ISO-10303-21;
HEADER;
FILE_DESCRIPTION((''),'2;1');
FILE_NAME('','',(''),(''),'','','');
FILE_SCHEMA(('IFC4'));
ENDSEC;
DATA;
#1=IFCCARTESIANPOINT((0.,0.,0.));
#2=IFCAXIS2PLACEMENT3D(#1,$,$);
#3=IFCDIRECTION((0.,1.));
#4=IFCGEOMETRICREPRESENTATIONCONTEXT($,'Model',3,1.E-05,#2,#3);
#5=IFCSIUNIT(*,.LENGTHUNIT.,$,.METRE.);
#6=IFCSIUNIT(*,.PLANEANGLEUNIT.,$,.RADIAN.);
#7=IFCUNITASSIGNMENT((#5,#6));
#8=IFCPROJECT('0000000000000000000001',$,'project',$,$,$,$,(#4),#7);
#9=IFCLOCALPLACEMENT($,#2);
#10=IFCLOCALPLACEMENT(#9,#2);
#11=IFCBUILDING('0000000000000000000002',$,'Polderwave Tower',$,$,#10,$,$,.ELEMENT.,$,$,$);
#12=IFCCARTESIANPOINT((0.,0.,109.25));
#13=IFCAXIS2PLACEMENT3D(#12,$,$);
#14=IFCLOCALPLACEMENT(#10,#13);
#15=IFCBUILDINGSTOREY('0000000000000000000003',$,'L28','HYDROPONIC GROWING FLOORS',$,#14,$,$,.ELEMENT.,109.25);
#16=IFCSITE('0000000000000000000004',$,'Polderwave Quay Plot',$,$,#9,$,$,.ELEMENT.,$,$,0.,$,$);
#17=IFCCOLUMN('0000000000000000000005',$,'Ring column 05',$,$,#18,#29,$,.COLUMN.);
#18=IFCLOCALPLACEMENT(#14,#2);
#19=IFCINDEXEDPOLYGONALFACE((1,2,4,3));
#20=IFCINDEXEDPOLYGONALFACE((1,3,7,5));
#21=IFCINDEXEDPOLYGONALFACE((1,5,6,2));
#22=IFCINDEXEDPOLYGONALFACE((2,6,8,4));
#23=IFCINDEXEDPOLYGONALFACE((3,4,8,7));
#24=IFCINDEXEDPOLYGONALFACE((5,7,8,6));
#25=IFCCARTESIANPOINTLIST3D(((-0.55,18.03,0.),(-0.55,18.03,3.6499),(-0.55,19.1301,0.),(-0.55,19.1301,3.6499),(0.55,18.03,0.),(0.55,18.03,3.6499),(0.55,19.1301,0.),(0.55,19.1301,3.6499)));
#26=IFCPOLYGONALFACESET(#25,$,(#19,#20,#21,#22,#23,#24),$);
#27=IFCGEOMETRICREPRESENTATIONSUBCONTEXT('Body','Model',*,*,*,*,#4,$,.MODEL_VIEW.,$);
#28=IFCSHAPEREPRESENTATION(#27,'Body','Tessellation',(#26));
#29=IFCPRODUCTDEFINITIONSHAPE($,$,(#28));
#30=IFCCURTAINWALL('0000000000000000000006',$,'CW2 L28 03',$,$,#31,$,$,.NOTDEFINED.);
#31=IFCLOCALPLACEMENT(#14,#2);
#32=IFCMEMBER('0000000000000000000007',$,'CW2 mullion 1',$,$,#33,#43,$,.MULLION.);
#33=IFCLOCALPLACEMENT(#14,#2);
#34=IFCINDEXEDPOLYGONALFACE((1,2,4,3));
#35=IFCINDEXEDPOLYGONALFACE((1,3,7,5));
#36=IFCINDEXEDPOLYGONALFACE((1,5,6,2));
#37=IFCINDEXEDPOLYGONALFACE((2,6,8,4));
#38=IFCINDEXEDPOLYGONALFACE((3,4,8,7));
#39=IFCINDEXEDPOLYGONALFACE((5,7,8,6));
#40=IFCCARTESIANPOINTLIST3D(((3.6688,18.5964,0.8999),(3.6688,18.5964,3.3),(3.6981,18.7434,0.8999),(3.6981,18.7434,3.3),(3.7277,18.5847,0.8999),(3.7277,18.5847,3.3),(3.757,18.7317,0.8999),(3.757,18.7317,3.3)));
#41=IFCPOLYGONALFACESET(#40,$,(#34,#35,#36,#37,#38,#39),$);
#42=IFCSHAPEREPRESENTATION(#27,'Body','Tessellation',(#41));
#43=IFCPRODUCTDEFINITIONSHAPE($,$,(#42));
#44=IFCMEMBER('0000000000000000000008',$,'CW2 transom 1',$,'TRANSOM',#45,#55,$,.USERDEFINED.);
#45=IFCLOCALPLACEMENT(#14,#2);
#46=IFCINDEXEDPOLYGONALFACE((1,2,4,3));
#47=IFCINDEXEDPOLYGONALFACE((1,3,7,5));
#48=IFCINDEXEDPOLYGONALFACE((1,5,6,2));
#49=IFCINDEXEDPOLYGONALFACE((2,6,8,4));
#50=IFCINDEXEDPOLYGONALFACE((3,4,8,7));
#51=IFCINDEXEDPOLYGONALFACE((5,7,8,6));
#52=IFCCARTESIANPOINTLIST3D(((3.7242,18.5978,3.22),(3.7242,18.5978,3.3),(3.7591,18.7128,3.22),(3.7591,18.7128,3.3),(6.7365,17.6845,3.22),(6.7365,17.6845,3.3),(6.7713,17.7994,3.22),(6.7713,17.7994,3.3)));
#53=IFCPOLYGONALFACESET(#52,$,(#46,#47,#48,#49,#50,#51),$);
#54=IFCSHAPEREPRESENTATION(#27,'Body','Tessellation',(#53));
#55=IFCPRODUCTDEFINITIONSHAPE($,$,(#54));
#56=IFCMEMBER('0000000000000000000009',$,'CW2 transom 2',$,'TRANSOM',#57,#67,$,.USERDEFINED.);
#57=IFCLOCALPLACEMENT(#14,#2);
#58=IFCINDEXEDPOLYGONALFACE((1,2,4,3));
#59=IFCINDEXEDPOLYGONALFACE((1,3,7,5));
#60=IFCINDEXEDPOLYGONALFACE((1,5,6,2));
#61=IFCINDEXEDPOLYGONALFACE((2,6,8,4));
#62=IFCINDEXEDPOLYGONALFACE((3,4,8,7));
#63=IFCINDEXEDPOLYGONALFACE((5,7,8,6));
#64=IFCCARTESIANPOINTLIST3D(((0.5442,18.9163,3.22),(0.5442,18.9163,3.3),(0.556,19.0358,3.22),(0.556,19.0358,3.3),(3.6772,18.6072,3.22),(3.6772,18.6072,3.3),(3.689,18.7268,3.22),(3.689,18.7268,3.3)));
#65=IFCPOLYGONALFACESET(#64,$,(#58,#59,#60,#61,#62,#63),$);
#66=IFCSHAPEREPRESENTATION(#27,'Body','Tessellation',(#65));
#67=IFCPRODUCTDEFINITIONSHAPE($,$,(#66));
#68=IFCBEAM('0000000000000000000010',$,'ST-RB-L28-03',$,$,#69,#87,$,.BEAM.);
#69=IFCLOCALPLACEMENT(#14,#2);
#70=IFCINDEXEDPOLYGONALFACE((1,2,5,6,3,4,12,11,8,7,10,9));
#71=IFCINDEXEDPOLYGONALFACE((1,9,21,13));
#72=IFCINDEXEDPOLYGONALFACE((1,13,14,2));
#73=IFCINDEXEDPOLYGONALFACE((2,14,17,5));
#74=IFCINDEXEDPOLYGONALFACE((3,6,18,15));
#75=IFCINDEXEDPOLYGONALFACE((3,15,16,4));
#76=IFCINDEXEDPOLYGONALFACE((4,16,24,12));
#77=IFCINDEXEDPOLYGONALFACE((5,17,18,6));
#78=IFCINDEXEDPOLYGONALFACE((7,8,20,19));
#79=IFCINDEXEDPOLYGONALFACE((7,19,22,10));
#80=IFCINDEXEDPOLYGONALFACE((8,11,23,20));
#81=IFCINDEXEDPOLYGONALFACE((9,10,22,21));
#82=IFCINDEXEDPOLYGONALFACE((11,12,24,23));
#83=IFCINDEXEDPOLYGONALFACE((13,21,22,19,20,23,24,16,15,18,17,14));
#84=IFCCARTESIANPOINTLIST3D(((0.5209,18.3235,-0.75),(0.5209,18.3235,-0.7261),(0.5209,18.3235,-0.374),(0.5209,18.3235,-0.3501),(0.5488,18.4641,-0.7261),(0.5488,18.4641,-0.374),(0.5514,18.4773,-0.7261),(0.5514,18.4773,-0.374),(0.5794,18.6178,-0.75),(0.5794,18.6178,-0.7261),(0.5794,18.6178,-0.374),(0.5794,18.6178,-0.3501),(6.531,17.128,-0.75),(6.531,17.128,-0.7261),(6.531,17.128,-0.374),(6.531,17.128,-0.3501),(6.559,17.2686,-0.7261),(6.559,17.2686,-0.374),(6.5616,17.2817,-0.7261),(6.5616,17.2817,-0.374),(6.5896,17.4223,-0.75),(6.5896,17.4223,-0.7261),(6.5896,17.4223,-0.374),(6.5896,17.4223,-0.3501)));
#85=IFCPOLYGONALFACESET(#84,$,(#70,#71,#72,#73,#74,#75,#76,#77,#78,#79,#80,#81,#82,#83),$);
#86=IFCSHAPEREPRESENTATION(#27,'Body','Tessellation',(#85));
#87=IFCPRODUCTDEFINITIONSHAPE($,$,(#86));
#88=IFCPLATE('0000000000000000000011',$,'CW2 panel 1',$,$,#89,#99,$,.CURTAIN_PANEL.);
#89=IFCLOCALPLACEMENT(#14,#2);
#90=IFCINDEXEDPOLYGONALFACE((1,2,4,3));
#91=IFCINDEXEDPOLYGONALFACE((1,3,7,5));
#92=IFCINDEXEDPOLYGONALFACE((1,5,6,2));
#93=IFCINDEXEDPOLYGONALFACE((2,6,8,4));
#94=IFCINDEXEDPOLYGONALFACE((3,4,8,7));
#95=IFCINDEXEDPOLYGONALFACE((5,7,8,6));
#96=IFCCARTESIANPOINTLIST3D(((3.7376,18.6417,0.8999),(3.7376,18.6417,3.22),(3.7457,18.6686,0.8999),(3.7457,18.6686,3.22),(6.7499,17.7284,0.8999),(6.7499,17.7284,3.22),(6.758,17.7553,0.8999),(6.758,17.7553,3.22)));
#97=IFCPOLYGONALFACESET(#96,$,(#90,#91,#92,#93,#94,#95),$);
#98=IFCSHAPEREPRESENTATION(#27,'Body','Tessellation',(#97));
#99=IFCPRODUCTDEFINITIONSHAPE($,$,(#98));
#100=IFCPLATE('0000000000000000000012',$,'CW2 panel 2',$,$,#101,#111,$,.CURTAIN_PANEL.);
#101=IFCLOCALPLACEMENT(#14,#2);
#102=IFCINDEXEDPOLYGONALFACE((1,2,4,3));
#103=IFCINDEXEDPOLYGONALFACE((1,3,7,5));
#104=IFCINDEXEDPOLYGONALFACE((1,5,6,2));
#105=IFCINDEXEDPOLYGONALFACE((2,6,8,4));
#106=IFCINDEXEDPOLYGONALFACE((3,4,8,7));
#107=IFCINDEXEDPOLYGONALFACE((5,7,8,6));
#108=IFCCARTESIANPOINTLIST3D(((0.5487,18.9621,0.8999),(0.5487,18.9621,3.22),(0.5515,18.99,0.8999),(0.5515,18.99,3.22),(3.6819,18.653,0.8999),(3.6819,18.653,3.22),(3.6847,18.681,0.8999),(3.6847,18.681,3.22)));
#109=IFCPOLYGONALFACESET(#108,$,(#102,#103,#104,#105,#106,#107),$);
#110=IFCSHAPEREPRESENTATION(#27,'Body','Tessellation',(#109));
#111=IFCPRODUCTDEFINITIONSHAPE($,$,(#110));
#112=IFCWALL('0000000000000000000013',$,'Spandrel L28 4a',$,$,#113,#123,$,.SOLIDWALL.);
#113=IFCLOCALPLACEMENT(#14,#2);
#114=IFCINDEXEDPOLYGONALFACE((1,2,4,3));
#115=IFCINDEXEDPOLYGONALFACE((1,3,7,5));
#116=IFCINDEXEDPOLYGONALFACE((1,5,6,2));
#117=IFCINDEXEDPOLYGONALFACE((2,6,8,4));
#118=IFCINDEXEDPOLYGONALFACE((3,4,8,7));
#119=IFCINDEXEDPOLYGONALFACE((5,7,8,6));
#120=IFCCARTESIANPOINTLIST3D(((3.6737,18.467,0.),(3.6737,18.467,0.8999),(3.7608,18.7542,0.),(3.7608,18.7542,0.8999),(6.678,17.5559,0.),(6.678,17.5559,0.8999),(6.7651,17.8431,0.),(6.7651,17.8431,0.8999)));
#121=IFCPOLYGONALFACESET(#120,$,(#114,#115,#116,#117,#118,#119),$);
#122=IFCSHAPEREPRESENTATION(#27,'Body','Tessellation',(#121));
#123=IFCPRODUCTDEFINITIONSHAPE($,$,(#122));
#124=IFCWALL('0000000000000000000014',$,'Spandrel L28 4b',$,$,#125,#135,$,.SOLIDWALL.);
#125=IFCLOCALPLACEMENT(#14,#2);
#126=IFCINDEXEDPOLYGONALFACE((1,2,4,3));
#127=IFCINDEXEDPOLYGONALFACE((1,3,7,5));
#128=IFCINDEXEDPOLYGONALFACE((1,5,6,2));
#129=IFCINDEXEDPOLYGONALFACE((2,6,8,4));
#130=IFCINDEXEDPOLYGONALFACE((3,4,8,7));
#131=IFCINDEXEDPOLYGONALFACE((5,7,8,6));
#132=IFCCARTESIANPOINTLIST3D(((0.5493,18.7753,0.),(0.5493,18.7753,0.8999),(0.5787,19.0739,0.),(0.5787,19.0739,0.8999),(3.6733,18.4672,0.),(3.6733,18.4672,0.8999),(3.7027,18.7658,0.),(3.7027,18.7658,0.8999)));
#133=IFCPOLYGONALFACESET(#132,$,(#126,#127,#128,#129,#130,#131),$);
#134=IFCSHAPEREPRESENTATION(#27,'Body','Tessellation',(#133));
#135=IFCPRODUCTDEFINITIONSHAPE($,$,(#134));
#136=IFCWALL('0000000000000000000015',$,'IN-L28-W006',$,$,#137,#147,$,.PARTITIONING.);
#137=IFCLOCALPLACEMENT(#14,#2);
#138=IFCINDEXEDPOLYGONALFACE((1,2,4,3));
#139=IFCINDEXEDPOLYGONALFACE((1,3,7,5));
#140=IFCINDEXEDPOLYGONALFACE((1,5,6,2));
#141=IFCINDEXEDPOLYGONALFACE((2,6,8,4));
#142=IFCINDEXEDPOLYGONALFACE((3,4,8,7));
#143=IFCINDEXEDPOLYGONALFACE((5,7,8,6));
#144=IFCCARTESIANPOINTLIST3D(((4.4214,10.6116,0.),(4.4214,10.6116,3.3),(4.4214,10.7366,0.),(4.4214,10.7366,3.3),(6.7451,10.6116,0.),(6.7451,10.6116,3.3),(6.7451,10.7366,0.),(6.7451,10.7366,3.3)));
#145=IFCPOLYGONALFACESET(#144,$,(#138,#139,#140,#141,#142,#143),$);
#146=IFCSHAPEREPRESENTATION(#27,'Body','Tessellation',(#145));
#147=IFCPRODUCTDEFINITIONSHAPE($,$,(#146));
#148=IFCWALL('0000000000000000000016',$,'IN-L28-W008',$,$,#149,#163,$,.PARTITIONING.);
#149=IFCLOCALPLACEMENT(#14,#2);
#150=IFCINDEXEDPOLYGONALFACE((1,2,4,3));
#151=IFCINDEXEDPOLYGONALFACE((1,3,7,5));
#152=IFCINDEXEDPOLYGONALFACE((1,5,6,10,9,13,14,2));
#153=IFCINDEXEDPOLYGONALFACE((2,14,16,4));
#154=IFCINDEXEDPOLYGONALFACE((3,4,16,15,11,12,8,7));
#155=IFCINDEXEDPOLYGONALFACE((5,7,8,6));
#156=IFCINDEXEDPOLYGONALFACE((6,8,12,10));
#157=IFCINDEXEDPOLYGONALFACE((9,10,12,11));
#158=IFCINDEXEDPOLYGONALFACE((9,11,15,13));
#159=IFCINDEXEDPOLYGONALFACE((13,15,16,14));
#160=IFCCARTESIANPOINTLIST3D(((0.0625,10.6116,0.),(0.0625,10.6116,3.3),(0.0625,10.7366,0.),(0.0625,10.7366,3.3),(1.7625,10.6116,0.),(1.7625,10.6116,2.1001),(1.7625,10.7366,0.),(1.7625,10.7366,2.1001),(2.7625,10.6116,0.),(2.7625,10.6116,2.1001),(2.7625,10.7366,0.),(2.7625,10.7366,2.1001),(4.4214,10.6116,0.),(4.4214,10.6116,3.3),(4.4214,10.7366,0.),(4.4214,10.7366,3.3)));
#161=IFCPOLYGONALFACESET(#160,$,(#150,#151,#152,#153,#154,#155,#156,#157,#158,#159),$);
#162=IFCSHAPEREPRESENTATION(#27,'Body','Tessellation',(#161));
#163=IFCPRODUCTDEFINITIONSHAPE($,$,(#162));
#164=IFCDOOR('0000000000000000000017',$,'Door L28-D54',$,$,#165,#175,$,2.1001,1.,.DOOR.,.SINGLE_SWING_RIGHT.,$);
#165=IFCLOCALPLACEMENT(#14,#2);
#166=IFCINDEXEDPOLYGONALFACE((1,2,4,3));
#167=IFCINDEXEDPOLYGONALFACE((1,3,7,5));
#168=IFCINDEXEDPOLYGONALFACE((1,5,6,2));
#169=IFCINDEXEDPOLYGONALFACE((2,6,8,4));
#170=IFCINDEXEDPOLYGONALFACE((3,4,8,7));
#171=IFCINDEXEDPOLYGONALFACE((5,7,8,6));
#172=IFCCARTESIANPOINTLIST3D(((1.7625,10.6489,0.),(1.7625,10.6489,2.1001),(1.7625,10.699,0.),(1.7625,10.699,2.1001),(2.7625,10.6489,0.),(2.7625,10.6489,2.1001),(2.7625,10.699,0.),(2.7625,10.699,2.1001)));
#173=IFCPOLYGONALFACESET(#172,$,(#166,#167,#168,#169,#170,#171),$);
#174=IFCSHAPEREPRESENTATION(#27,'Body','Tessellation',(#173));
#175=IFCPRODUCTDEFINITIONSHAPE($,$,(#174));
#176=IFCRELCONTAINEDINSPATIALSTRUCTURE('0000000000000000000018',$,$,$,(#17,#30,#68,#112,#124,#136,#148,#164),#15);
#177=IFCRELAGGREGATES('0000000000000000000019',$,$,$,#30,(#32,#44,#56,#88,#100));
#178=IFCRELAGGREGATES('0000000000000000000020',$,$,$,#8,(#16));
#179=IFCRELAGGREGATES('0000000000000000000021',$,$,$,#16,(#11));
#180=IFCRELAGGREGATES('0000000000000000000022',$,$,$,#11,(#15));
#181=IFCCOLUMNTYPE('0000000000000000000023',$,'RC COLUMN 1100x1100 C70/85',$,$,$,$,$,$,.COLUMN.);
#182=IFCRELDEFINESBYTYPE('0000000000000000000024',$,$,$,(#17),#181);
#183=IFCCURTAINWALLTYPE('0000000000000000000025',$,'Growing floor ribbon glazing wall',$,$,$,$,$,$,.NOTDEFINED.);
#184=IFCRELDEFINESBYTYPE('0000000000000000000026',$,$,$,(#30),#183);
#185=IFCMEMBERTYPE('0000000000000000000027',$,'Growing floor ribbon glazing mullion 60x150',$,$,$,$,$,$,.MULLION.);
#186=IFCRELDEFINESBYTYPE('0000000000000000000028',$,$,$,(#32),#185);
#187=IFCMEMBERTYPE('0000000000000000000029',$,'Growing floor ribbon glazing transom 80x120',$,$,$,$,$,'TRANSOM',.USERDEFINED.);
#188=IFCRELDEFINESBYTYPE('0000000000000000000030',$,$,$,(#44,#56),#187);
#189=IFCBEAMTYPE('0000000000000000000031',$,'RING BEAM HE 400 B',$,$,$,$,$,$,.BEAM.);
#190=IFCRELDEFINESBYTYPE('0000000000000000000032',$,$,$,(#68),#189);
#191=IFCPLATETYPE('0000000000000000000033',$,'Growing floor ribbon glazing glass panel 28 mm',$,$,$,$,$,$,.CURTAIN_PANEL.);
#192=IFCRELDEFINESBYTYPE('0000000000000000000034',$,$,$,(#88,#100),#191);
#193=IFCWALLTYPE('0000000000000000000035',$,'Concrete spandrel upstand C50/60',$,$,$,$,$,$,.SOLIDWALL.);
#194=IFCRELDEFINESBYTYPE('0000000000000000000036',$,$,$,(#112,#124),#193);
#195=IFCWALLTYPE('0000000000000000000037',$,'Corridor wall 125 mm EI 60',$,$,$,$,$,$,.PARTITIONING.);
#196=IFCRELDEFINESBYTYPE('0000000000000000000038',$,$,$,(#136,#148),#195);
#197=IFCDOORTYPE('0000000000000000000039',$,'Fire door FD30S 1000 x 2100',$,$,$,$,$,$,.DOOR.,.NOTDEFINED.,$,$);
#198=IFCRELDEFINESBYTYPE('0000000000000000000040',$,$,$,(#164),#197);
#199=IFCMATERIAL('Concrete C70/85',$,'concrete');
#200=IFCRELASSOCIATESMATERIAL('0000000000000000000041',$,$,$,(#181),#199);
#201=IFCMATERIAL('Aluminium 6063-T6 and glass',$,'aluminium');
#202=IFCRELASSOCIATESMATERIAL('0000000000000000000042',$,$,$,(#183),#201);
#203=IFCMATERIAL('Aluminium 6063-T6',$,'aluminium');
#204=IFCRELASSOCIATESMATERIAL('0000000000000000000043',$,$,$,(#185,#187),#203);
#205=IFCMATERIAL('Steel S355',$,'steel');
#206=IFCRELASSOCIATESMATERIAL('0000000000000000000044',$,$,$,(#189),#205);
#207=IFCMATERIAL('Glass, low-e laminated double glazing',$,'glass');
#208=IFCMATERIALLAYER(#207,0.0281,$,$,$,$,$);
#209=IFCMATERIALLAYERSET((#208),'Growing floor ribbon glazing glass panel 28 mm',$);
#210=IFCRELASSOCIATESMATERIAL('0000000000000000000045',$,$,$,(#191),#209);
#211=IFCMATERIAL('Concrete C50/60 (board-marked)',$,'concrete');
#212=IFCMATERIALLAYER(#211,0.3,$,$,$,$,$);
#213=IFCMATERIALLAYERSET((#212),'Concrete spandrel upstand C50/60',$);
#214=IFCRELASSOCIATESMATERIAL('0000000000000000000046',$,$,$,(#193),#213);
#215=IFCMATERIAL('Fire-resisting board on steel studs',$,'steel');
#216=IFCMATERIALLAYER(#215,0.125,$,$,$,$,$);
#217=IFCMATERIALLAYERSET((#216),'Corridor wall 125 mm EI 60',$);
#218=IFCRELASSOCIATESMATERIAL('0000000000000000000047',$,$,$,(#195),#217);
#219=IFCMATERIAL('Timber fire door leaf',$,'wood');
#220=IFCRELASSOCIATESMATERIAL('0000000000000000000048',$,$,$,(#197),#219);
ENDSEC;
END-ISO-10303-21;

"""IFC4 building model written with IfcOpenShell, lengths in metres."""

from ifc_helpers import new_model, si_unit, direction, frame, frame_2d, origin, origin_2d, place, context, subcontext, project, spatial, rectangle, i_section, extrude, material, layer, layer_set, material_profile, profile_set, type_object, element, fill, aggregate, save


model = new_model("IFC4")

# Units and contexts
model_context = context("Model", 3, precision=1e-05, world=origin(), true_north=direction((0.0, 1.0)))
body_context = subcontext(model_context, "Body", "Model", "MODEL_VIEW")
ifc_project = project(units=[si_unit("LENGTHUNIT", "METRE"), si_unit("PLANEANGLEUNIT", "RADIAN")], contexts=[model_context])

# Site, building, storey
site_placement = place(None, origin())
site = spatial("IfcSite", under=ifc_project, at=site_placement, Name="Polderwave Quay Plot", CompositionType="ELEMENT", RefElevation=0.0)
building_placement = place(site_placement, origin())
building = spatial("IfcBuilding", under=site, at=building_placement, Name="Polderwave Tower", CompositionType="ELEMENT")
storey_placement = place(building_placement, frame((0.0, 0.0, 109.25)))
storey = spatial("IfcBuildingStorey", under=building, at=storey_placement, Name="L28", Description="HYDROPONIC GROWING FLOORS", CompositionType="ELEMENT", Elevation=109.25)

# Column
ifc_material_1 = material(Name="Concrete C70/85", Category="concrete")
ifc_material_profile_1 = material_profile(ifc_material_1, rectangle(XDim=1.1001, YDim=1.1001, at=origin_2d()), Name="RC 1100x1100")
ifc_profile_set_1 = profile_set([ifc_material_profile_1], Name="Concrete C70/85")
column_type = type_object("IfcColumnType", Name="RC COLUMN 1100x1100 C70/85", PredefinedType="COLUMN", material=ifc_profile_set_1)
column_placement = place(storey_placement, frame((0.0, 18.5801, 0.0), z_axis=(0.0, 0.0, 1.0), x_axis=(0.0, 1.0, 0.0)))
element("IfcColumn", 1, at=column_placement, inside=storey, type_object=column_type, Name="Ring column 05", PredefinedType="COLUMN", context=body_context, shape_type="SweptSolid", body=[
    extrude(rectangle(XDim=1.1001, YDim=1.1001, at=origin_2d()), origin(), (0.0, 0.0, 1.0), 3.6499),
])

# Curtain wall, members
ifc_material_2 = material(Name="Aluminium 6063-T6 and glass", Category="aluminium")
curtain_wall_type = type_object("IfcCurtainWallType", Name="Growing floor ribbon glazing wall", PredefinedType="NOTDEFINED", material=ifc_material_2)
curtain_wall_placement = place(storey_placement, origin())
curtain_wall = element("IfcCurtainWall", 2, at=curtain_wall_placement, inside=storey, type_object=curtain_wall_type, Name="CW2 L28 03", PredefinedType="NOTDEFINED")
ifc_material_3 = material(Name="Aluminium 6063-T6", Category="aluminium")
ifc_material_profile_2 = material_profile(ifc_material_3, rectangle(XDim=0.1499, YDim=0.0601, at=origin_2d()), Name="AL 60x150")
ifc_profile_set_2 = profile_set([ifc_material_profile_2], Name="Aluminium 6063-T6")
member_type_1 = type_object("IfcMemberType", Name="Growing floor ribbon glazing mullion 60x150", PredefinedType="MULLION", material=ifc_profile_set_2)
member_1_placement = place(storey_placement, frame((3.7129, 18.6641, 0.8999), z_axis=(0.0, 0.0, 1.0), x_axis=(-0.195092, -0.980785, 0.0)))
member_1 = element("IfcMember", 3, at=member_1_placement, type_object=member_type_1, Name="CW2 mullion 1", PredefinedType="MULLION", context=body_context, shape_type="SweptSolid", body=[
    extrude(rectangle(XDim=0.1499, YDim=0.0601, at=origin_2d()), origin(), (0.0, 0.0, 1.0), 2.4001),
])
ifc_material_profile_3 = material_profile(ifc_material_3, rectangle(XDim=0.1201, YDim=0.0801, at=origin_2d()), Name="AL 80x120")
ifc_profile_set_3 = profile_set([ifc_material_profile_3], Name="Aluminium 6063-T6")
member_type_2 = type_object("IfcMemberType", Name="Growing floor ribbon glazing transom 80x120", ElementType="TRANSOM", PredefinedType="USERDEFINED", material=ifc_profile_set_3)
member_2_placement = place(storey_placement, frame((6.7539, 17.7419, 3.26), z_axis=(-0.956977, 0.290165, 0.0), x_axis=(-0.290165, -0.956977, 0.0)))
member_2 = element("IfcMember", 4, at=member_2_placement, type_object=member_type_2, Name="CW2 transom 1", ObjectType="TRANSOM", PredefinedType="USERDEFINED", context=body_context, shape_type="SweptSolid", body=[
    extrude(rectangle(XDim=0.1201, YDim=0.0801, at=origin_2d()), origin(), (0.0, 0.0, 1.0), 3.1477),
])
member_3_placement = place(storey_placement, frame((3.6831, 18.667, 3.26), z_axis=(-0.995169, 0.098175, 0.0), x_axis=(-0.098175, -0.995169, 0.0)))
member_3 = element("IfcMember", 5, at=member_3_placement, type_object=member_type_2, Name="CW2 transom 2", ObjectType="TRANSOM", PredefinedType="USERDEFINED", context=body_context, shape_type="SweptSolid", body=[
    extrude(rectangle(XDim=0.1201, YDim=0.0801, at=origin_2d()), origin(), (0.0, 0.0, 1.0), 3.1482),
])

# Beam
ifc_material_4 = material(Name="Steel S355", Category="steel")
ifc_material_profile_4 = material_profile(ifc_material_4, i_section(OverallWidth=0.3, OverallDepth=0.3999, WebThickness=0.0134, FlangeThickness=0.0239, at=origin_2d()), Name="HE 400 B")
ifc_profile_set_4 = profile_set([ifc_material_profile_4], Name="Steel S355")
beam_type = type_object("IfcBeamType", Name="RING BEAM HE 400 B", PredefinedType="BEAM", material=ifc_profile_set_4)
beam_placement = place(storey_placement, frame((6.5603, 17.2751, -0.55), z_axis=(-0.980784, 0.195097, 0.0), x_axis=(-0.195097, -0.980784, 0.0)))
element("IfcBeam", 6, at=beam_placement, inside=storey, type_object=beam_type, Name="ST-RB-L28-03", PredefinedType="BEAM", context=body_context, shape_type="SweptSolid", body=[
    extrude(i_section(OverallWidth=0.3, OverallDepth=0.3999, WebThickness=0.0134, FlangeThickness=0.0239, at=origin_2d()), origin(), (0.0, 0.0, 1.0), 6.1279),
])

# Plates
ifc_material_5 = material(Name="Glass, low-e laminated double glazing", Category="glass")
ifc_layer_1 = layer(ifc_material_5, 0.0281)
ifc_layer_set_1 = layer_set([ifc_layer_1], Name="Growing floor ribbon glazing glass panel 28 mm")
plate_type = type_object("IfcPlateType", Name="Growing floor ribbon glazing glass panel 28 mm", PredefinedType="CURTAIN_PANEL", material=ifc_layer_set_1)
plate_1_placement = place(storey_placement, frame((5.2478, 18.1985, 0.8999), z_axis=(0.0, 0.0, 1.0), x_axis=(-0.956982, 0.290148, 0.0)))
plate_1 = element("IfcPlate", 7, at=plate_1_placement, type_object=plate_type, Name="CW2 panel 1", PredefinedType="CURTAIN_PANEL", context=body_context, shape_type="SweptSolid", body=[
    extrude(rectangle(XDim=3.1477, YDim=0.0281, at=origin_2d()), origin(), (0.0, 0.0, 1.0), 2.3201),
])
plate_2_placement = place(storey_placement, frame((2.1167, 18.8215, 0.8999), z_axis=(0.0, 0.0, 1.0), x_axis=(-0.99517, 0.098165, 0.0)))
plate_2 = element("IfcPlate", 8, at=plate_2_placement, type_object=plate_type, Name="CW2 panel 2", PredefinedType="CURTAIN_PANEL", context=body_context, shape_type="SweptSolid", body=[
    extrude(rectangle(XDim=3.1484, YDim=0.0281, at=origin_2d()), origin(), (0.0, 0.0, 1.0), 2.3201),
])
aggregate(curtain_wall, [member_1, member_2, member_3, plate_1, plate_2])

# Walls
ifc_material_6 = material(Name="Concrete C50/60 (board-marked)", Category="concrete")
ifc_layer_2 = layer(ifc_material_6, 0.3)
ifc_layer_set_2 = layer_set([ifc_layer_2], Name="Concrete spandrel upstand C50/60")
wall_type_1 = type_object("IfcWallType", Name="Concrete spandrel upstand C50/60", PredefinedType="SOLIDWALL", material=ifc_layer_set_2)
wall_1_placement = place(storey_placement, frame((6.7217, 17.6995, 0.0), z_axis=(0.0, 0.0, 1.0), x_axis=(-0.956962, 0.290215, 0.0)))
element("IfcWall", 9, at=wall_1_placement, inside=storey, type_object=wall_type_1, Name="Spandrel L28 4a", PredefinedType="SOLIDWALL", context=body_context, shape_type="SweptSolid", body=[
    extrude(rectangle(XDim=3.1394, YDim=0.3, at=frame_2d((1.5698, 0.0))), origin(), (0.0, 0.0, 1.0), 0.8999),
])
wall_2_placement = place(storey_placement, frame((3.688, 18.6165, 0.0), z_axis=(0.0, 0.0, 1.0), x_axis=(-0.995172, 0.098148, 0.0)))
element("IfcWall", 10, at=wall_2_placement, inside=storey, type_object=wall_type_1, Name="Spandrel L28 4b", PredefinedType="SOLIDWALL", context=body_context, shape_type="SweptSolid", body=[
    extrude(rectangle(XDim=3.1392, YDim=0.3, at=frame_2d((1.5696, 0.0))), origin(), (0.0, 0.0, 1.0), 0.8999),
])
ifc_material_7 = material(Name="Fire-resisting board on steel studs", Category="steel")
ifc_layer_3 = layer(ifc_material_7, 0.125)
ifc_layer_set_3 = layer_set([ifc_layer_3], Name="Corridor wall 125 mm EI 60")
wall_type_2 = type_object("IfcWallType", Name="Corridor wall 125 mm EI 60", PredefinedType="PARTITIONING", material=ifc_layer_set_3)
wall_3_placement = place(storey_placement, frame((4.4214, 10.6741, 0.0), z_axis=(0.0, 0.0, 1.0), x_axis=(1.0, 0.0, 0.0)))
element("IfcWall", 11, at=wall_3_placement, inside=storey, type_object=wall_type_2, Name="IN-L28-W006", PredefinedType="PARTITIONING", context=body_context, shape_type="SweptSolid", body=[
    extrude(rectangle(XDim=2.3237, YDim=0.125, at=frame_2d((1.1619, 0.0))), origin(), (0.0, 0.0, 1.0), 3.3),
])

# Wall, opening, door
wall_4_placement = place(storey_placement, frame((0.0625, 10.6741, 0.0), z_axis=(0.0, 0.0, 1.0), x_axis=(1.0, 0.0, 0.0)))
wall_4 = element("IfcWall", 12, at=wall_4_placement, inside=storey, type_object=wall_type_2, Name="IN-L28-W008", PredefinedType="PARTITIONING", context=body_context, shape_type="SweptSolid", body=[
    extrude(rectangle(XDim=4.3589, YDim=0.125, at=frame_2d((2.1794, 0.0))), origin(), (0.0, 0.0, 1.0), 3.3),
])
opening_placement = place(wall_4_placement, frame((1.7, 0.0, 0.0)))
opening = element("IfcOpeningElement", 13, at=opening_placement, cuts=wall_4, PredefinedType="OPENING", context=body_context, shape_type="SweptSolid", body=[
    extrude(rectangle(XDim=1.0, YDim=2.1001, at=frame_2d((0.5, 1.05))), frame((0.0, 0.0725, 0.0), z_axis=(0.0, -1.0, 0.0), x_axis=(1.0, 0.0, 0.0)), (0.0, 0.0, 1.0), 0.145),
])
ifc_material_8 = material(Name="Timber fire door leaf", Category="wood")
door_type = type_object("IfcDoorType", Name="Fire door FD30S 1000 x 2100", OperationType="NOTDEFINED", PredefinedType="DOOR", material=ifc_material_8)
door_placement = place(opening_placement, origin())
door = element("IfcDoor", 14, at=door_placement, inside=storey, type_object=door_type, Name="Door L28-D54", OperationType="SINGLE_SWING_RIGHT", OverallHeight=2.1001, OverallWidth=1.0, PredefinedType="DOOR", context=body_context, shape_type="SweptSolid", body=[
    extrude(rectangle(XDim=1.0, YDim=2.1001, at=frame_2d((0.5, 1.05))), frame((0.0, 0.0249, 0.0), z_axis=(0.0, -1.0, 0.0), x_axis=(1.0, 0.0, 0.0)), (0.0, 0.0, 1.0), 0.05),
])
fill(opening, door)

save(model, "model.ifc")
